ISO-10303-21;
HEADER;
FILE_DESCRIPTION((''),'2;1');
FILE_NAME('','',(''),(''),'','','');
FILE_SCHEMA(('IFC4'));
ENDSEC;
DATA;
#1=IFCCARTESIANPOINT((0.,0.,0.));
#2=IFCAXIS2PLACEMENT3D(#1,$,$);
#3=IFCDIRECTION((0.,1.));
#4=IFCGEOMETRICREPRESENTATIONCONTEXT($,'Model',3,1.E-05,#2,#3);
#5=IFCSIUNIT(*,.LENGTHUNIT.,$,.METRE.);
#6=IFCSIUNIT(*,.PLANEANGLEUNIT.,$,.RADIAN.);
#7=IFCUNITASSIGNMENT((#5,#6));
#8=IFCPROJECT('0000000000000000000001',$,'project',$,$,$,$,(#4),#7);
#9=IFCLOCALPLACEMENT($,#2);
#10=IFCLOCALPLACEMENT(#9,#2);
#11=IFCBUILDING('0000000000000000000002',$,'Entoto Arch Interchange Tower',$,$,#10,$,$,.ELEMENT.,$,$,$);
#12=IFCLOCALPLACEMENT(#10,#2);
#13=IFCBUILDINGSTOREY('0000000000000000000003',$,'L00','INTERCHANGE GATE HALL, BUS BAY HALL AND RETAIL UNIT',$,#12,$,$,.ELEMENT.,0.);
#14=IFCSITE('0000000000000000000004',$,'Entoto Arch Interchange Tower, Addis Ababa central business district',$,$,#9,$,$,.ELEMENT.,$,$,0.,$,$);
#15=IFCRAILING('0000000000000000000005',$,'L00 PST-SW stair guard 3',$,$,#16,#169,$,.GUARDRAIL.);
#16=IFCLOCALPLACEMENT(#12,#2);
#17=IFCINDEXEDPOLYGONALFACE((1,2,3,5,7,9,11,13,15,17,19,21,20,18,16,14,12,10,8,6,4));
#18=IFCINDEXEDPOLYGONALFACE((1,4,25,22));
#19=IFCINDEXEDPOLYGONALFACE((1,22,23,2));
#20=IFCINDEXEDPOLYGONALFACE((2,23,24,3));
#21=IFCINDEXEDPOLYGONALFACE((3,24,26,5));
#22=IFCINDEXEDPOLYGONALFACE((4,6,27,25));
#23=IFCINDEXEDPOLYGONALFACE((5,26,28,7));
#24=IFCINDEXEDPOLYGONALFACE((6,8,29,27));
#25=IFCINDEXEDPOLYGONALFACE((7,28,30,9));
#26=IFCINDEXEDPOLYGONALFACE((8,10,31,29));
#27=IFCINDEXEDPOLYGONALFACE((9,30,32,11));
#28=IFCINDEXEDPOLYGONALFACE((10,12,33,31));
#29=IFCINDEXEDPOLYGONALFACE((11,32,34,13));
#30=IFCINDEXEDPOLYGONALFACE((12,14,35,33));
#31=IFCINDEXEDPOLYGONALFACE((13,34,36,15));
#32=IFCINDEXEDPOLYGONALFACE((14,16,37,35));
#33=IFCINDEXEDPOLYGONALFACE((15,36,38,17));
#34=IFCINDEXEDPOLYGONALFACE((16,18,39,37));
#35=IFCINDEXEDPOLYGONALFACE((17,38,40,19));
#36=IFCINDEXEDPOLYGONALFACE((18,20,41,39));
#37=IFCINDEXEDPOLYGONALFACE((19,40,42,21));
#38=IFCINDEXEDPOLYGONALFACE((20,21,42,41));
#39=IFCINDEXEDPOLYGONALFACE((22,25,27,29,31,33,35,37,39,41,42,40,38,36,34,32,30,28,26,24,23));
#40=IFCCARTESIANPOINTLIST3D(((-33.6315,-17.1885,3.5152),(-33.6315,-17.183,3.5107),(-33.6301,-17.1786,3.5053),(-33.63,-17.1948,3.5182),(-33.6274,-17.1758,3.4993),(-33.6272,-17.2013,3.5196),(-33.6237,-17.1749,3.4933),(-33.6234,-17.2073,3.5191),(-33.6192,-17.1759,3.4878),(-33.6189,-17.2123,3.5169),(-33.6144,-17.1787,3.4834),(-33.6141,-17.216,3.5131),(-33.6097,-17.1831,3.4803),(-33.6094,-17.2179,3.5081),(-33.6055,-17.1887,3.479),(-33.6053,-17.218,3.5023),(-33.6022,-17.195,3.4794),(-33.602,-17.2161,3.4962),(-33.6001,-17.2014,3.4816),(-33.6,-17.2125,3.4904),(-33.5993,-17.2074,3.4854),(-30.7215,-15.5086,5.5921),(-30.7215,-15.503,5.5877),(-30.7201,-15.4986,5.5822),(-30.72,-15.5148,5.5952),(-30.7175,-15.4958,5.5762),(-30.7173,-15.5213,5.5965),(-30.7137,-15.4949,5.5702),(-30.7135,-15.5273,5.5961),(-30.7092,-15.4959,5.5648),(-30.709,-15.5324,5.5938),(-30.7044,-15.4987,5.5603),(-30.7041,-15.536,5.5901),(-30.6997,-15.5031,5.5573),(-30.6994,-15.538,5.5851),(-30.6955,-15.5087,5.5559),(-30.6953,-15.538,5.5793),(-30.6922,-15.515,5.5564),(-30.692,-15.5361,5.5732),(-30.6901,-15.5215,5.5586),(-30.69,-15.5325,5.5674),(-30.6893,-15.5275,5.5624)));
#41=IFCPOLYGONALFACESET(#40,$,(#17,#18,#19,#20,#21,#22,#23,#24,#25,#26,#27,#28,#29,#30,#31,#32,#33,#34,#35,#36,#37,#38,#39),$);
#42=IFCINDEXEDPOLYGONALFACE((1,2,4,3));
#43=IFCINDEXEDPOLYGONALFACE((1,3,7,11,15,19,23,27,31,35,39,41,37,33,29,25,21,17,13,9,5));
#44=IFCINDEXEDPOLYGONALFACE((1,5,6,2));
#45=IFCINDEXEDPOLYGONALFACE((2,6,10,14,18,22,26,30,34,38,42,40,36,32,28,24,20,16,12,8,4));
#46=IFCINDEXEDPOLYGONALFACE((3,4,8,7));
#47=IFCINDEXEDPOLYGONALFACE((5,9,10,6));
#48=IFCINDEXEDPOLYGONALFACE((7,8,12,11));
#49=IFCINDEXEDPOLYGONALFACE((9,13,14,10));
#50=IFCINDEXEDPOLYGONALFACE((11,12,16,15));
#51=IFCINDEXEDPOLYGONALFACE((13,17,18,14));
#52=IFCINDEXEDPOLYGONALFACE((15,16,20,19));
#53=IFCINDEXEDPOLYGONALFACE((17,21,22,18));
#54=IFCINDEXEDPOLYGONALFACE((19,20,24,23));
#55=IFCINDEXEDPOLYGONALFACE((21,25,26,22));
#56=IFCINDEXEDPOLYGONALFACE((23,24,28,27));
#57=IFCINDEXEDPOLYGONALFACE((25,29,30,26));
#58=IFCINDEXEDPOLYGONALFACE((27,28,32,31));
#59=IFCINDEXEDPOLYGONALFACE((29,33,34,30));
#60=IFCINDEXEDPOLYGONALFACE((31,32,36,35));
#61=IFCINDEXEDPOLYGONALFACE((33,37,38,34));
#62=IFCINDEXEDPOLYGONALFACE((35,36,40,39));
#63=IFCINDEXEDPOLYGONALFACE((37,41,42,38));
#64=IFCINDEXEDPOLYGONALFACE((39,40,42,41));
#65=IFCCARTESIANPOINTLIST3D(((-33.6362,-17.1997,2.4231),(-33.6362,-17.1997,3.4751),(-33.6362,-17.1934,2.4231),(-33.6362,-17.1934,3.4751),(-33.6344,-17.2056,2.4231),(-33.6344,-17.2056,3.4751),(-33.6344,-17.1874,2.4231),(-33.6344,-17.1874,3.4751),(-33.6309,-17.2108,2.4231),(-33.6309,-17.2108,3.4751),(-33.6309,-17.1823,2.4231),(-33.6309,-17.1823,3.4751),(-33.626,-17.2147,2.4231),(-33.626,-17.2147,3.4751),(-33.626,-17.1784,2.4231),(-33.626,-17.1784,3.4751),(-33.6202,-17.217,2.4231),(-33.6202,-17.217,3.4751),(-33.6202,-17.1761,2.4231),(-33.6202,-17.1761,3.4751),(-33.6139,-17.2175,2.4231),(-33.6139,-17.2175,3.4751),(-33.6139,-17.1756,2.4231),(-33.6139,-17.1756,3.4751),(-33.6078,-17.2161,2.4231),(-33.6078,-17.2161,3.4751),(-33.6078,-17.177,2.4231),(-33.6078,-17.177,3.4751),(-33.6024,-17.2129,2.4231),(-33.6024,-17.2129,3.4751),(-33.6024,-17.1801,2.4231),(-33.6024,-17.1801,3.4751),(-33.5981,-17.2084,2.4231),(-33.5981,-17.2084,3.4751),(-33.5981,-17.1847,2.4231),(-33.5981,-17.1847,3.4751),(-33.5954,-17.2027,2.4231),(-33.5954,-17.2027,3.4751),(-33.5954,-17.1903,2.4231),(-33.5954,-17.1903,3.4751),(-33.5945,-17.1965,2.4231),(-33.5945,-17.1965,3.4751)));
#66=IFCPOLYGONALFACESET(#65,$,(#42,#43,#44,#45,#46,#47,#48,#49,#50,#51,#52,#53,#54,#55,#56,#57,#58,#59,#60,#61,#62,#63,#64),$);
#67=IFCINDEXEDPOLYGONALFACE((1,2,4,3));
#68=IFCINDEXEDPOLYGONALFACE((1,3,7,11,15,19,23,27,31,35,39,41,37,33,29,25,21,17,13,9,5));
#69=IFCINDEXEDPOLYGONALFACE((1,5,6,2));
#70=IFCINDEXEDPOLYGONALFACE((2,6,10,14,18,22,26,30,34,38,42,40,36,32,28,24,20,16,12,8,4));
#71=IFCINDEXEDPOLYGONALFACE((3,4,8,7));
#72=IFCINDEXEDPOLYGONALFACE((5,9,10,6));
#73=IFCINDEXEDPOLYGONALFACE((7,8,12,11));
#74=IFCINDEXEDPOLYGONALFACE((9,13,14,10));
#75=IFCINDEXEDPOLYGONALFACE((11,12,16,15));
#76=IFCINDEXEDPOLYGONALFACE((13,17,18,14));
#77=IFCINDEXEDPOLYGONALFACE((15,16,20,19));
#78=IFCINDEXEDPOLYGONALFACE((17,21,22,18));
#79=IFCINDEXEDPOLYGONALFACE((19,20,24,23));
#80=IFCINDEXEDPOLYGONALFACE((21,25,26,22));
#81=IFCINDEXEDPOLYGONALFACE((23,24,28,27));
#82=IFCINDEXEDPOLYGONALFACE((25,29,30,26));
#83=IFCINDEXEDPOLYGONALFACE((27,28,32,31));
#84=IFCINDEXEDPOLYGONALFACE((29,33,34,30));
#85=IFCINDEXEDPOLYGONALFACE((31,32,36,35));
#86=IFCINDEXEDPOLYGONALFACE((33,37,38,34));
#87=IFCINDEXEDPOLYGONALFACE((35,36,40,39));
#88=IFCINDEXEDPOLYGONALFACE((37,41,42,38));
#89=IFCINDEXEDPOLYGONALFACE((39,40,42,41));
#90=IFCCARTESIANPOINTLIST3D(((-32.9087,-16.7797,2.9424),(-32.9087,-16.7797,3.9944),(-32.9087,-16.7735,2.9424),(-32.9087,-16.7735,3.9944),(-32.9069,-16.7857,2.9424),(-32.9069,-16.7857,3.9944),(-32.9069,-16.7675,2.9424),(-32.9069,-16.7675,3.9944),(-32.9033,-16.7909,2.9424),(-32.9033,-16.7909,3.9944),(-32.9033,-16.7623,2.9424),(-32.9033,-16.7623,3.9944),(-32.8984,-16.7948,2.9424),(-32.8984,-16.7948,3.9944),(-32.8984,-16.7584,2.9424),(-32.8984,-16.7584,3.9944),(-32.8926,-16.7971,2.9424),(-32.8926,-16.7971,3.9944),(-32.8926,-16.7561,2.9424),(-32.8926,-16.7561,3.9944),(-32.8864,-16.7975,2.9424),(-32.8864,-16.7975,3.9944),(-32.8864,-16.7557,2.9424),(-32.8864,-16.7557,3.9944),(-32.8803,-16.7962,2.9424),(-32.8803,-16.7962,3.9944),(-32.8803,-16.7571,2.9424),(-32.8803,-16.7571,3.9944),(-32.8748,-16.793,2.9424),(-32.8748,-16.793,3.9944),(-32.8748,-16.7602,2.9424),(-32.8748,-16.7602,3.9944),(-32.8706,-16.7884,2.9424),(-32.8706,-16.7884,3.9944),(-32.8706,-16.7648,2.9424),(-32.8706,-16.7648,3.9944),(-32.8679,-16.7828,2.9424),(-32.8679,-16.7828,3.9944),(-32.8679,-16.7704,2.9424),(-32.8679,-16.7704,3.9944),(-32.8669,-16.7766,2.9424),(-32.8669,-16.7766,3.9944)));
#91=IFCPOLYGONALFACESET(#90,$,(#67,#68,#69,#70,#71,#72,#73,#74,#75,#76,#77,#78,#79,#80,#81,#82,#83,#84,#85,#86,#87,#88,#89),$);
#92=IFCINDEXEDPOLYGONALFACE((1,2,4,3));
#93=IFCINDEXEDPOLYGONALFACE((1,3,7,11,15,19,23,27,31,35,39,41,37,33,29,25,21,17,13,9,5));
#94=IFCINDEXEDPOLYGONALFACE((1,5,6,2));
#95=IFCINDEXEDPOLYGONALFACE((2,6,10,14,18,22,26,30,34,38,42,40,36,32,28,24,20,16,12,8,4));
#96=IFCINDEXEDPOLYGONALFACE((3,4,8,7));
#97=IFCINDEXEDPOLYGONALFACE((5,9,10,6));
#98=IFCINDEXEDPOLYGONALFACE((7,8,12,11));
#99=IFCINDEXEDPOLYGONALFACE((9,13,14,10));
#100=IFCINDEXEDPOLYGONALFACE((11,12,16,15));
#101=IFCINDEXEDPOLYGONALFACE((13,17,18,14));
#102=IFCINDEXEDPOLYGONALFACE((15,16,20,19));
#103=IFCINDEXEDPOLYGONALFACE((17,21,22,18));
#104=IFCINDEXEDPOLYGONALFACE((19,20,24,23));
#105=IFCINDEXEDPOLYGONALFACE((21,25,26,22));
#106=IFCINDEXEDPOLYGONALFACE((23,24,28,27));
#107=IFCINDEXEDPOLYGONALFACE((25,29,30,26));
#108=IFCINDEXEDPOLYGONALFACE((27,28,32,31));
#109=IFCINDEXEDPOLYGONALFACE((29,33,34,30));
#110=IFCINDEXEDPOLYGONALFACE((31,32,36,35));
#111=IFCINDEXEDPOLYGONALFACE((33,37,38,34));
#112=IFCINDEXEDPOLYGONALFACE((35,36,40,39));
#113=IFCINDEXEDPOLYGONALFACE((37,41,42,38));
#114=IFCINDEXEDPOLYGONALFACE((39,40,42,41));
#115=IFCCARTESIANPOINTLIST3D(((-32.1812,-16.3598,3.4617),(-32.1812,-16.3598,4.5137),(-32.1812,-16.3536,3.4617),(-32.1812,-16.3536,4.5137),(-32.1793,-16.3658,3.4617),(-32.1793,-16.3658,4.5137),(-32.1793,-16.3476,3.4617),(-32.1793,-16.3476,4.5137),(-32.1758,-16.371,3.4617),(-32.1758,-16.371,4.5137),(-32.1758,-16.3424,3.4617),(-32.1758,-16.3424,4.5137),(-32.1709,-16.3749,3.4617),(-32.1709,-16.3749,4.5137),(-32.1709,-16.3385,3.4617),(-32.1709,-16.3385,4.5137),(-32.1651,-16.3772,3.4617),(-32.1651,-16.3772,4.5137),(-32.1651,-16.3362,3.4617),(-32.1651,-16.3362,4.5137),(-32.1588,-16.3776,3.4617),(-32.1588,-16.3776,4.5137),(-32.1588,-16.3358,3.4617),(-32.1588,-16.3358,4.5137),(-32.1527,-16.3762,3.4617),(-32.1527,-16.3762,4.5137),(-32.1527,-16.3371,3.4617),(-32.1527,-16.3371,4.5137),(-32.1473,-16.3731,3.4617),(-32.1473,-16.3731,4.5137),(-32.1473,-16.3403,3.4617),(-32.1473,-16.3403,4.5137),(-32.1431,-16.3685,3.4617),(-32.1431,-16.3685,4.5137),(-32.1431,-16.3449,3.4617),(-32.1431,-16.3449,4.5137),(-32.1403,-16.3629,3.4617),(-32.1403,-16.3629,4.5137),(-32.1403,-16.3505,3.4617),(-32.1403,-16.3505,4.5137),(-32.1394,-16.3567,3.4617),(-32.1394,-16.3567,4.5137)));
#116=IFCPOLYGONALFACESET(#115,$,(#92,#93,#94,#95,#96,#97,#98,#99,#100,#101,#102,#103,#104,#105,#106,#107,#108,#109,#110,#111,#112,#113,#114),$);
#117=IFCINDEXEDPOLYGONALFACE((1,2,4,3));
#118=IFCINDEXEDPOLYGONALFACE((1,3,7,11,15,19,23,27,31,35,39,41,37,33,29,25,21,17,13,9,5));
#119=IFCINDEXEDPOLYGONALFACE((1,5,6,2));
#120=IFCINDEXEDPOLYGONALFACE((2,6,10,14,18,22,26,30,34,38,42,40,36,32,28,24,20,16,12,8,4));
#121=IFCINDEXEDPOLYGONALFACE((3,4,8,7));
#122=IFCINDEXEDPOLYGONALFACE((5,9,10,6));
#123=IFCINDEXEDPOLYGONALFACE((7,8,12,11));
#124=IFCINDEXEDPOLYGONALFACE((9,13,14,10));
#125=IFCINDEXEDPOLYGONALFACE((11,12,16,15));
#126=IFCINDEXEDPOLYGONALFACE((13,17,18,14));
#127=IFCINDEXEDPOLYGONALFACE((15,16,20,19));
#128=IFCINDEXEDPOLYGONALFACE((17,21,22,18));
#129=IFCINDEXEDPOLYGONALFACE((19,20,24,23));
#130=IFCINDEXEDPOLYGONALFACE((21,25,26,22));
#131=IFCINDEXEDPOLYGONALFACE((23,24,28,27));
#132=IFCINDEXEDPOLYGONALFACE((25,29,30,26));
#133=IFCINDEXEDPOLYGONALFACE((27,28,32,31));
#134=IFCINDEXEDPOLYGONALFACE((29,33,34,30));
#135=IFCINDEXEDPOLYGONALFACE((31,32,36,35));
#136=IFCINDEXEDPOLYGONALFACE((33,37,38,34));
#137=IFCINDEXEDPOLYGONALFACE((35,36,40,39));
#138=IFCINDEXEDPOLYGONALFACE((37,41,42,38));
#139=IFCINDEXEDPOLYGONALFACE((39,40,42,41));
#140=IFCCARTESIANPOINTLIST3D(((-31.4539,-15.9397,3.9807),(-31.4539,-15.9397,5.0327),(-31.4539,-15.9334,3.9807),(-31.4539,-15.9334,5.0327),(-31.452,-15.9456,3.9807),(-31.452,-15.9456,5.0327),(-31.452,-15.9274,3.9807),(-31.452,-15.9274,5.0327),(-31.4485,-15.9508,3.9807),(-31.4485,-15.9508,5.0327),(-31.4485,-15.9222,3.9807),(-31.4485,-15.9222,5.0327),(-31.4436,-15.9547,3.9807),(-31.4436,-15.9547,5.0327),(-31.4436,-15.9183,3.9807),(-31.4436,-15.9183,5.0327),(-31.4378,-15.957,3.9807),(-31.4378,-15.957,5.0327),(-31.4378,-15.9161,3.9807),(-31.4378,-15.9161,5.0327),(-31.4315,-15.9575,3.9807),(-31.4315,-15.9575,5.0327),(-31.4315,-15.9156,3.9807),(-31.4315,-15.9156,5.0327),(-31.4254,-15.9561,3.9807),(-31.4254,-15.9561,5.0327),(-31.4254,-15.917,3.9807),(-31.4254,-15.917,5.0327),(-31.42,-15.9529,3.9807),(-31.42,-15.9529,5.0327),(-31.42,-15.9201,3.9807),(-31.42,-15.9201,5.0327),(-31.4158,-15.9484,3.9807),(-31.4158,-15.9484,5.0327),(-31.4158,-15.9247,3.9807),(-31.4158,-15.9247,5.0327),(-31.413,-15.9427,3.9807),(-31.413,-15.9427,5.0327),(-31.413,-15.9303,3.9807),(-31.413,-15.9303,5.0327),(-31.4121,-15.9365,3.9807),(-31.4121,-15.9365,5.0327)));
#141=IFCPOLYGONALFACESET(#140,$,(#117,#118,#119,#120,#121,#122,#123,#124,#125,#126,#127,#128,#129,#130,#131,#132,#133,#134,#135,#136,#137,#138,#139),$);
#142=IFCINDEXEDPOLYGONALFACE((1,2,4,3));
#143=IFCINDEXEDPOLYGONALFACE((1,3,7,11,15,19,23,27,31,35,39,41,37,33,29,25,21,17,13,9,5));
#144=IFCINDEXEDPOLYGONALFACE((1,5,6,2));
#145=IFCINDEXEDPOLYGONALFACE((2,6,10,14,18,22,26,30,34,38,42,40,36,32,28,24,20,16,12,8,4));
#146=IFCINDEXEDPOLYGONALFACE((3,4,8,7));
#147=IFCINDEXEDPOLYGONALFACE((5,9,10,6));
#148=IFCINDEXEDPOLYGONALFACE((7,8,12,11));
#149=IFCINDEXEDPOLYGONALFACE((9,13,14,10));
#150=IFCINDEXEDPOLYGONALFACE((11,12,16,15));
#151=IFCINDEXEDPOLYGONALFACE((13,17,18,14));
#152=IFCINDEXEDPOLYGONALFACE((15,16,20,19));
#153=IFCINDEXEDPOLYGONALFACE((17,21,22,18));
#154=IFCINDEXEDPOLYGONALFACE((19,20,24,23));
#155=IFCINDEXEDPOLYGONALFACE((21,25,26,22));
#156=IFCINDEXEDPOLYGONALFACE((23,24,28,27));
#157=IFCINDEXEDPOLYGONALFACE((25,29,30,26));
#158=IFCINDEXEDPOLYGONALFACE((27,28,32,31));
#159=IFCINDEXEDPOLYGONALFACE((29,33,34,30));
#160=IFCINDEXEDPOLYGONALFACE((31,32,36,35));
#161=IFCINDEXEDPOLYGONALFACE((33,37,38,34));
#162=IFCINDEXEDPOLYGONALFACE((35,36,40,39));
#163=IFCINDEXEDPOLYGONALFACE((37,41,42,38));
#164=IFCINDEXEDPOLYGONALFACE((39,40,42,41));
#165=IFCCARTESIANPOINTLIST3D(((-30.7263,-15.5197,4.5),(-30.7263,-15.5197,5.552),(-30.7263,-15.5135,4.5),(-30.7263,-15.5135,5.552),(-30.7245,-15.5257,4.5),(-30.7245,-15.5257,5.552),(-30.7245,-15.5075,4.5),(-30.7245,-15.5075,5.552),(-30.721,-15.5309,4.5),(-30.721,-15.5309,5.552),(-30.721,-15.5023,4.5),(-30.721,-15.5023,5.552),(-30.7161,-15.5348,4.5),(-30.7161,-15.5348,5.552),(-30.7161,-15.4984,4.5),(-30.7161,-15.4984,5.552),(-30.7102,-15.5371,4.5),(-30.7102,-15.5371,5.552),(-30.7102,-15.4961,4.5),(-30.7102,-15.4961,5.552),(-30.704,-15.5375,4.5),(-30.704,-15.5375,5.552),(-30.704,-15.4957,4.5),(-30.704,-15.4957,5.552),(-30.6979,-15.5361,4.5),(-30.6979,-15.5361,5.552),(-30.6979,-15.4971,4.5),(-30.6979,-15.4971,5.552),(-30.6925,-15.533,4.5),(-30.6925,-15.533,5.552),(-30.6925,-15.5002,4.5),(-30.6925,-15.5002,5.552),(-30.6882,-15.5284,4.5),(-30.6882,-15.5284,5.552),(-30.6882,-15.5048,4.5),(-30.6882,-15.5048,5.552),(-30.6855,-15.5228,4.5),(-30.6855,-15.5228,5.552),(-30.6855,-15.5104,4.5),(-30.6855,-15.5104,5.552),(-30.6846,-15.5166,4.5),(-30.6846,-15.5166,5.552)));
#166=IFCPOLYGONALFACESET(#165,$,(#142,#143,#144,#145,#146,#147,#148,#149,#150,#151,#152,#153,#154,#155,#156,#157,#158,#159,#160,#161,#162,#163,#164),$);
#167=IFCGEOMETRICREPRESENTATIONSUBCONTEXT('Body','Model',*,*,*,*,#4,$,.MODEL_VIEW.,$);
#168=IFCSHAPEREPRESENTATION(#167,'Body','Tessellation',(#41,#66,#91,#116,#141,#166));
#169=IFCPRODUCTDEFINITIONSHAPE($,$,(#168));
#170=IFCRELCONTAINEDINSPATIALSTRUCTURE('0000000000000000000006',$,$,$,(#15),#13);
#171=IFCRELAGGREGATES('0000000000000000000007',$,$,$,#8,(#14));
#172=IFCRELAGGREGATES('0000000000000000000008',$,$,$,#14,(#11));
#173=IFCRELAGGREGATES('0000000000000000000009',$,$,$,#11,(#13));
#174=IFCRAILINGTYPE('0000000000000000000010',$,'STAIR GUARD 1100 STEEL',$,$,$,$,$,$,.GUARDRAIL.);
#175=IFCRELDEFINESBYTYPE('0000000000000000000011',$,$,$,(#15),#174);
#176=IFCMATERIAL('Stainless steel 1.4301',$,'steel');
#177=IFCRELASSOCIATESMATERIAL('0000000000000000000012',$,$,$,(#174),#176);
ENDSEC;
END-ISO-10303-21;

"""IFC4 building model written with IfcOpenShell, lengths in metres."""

from ifc_helpers import new_model, si_unit, direction, frame, origin, origin_2d, place, context, subcontext, project, spatial, circle, extrude, material, type_object, element, save


model = new_model("IFC4")

# Units and contexts
model_context = context("Model", 3, precision=1e-05, world=origin(), true_north=direction((0.0, 1.0)))
body_context = subcontext(model_context, "Body", "Model", "MODEL_VIEW")
ifc_project = project(units=[si_unit("LENGTHUNIT", "METRE"), si_unit("PLANEANGLEUNIT", "RADIAN")], contexts=[model_context])

# Site, building, storey
site_placement = place(None, origin())
site = spatial("IfcSite", under=ifc_project, at=site_placement, Name="Entoto Arch Interchange Tower, Addis Ababa central business district", CompositionType="ELEMENT", RefElevation=0.0)
building_placement = place(site_placement, origin())
building = spatial("IfcBuilding", under=site, at=building_placement, Name="Entoto Arch Interchange Tower", CompositionType="ELEMENT")
storey_placement = place(building_placement, origin())
storey = spatial("IfcBuildingStorey", under=building, at=storey_placement, Name="L00", Description="INTERCHANGE GATE HALL, BUS BAY HALL AND RETAIL UNIT", CompositionType="ELEMENT", Elevation=0.0)

# Railing
ifc_material_1 = material(Name="Stainless steel 1.4301", Category="steel")
railing_type_1 = type_object("IfcRailingType", Name="STAIR GUARD 1100 STEEL", PredefinedType="GUARDRAIL", material=ifc_material_1)
railing_1_placement = place(storey_placement, frame((-33.6155, -17.1965, 2.4231)))
element("IfcRailing", 1, at=railing_1_placement, inside=storey, type_object=railing_type_1, Name="L00 PST-SW stair guard 3", PredefinedType="GUARDRAIL", context=body_context, shape_type="SweptSolid", body=[
    extrude(circle(Radius=0.0239, at=origin_2d()), frame((0.0, 0.0, 1.0762), z_axis=(0.736668, 0.425288, 0.525785), x_axis=(-0.499976, 0.866039, 0.0)), (0.0, 0.0, 1.0), 3.9502),
    extrude(circle(Radius=0.021, at=origin_2d()), origin(), (0.0, 0.0, 1.0), 1.052),
    extrude(circle(Radius=0.021, at=origin_2d()), frame((0.7275, 0.4199, 0.5193)), (0.0, 0.0, 1.0), 1.052),
    extrude(circle(Radius=0.021, at=origin_2d()), frame((1.4551, 0.8398, 1.0386)), (0.0, 0.0, 1.0), 1.052),
    extrude(circle(Radius=0.021, at=origin_2d()), frame((2.1824, 1.26, 1.5576)), (0.0, 0.0, 1.0), 1.052),
    extrude(circle(Radius=0.021, at=origin_2d()), frame((2.9099, 1.6799, 2.0769)), (0.0, 0.0, 1.0), 1.052),
])

save(model, "model.ifc")
